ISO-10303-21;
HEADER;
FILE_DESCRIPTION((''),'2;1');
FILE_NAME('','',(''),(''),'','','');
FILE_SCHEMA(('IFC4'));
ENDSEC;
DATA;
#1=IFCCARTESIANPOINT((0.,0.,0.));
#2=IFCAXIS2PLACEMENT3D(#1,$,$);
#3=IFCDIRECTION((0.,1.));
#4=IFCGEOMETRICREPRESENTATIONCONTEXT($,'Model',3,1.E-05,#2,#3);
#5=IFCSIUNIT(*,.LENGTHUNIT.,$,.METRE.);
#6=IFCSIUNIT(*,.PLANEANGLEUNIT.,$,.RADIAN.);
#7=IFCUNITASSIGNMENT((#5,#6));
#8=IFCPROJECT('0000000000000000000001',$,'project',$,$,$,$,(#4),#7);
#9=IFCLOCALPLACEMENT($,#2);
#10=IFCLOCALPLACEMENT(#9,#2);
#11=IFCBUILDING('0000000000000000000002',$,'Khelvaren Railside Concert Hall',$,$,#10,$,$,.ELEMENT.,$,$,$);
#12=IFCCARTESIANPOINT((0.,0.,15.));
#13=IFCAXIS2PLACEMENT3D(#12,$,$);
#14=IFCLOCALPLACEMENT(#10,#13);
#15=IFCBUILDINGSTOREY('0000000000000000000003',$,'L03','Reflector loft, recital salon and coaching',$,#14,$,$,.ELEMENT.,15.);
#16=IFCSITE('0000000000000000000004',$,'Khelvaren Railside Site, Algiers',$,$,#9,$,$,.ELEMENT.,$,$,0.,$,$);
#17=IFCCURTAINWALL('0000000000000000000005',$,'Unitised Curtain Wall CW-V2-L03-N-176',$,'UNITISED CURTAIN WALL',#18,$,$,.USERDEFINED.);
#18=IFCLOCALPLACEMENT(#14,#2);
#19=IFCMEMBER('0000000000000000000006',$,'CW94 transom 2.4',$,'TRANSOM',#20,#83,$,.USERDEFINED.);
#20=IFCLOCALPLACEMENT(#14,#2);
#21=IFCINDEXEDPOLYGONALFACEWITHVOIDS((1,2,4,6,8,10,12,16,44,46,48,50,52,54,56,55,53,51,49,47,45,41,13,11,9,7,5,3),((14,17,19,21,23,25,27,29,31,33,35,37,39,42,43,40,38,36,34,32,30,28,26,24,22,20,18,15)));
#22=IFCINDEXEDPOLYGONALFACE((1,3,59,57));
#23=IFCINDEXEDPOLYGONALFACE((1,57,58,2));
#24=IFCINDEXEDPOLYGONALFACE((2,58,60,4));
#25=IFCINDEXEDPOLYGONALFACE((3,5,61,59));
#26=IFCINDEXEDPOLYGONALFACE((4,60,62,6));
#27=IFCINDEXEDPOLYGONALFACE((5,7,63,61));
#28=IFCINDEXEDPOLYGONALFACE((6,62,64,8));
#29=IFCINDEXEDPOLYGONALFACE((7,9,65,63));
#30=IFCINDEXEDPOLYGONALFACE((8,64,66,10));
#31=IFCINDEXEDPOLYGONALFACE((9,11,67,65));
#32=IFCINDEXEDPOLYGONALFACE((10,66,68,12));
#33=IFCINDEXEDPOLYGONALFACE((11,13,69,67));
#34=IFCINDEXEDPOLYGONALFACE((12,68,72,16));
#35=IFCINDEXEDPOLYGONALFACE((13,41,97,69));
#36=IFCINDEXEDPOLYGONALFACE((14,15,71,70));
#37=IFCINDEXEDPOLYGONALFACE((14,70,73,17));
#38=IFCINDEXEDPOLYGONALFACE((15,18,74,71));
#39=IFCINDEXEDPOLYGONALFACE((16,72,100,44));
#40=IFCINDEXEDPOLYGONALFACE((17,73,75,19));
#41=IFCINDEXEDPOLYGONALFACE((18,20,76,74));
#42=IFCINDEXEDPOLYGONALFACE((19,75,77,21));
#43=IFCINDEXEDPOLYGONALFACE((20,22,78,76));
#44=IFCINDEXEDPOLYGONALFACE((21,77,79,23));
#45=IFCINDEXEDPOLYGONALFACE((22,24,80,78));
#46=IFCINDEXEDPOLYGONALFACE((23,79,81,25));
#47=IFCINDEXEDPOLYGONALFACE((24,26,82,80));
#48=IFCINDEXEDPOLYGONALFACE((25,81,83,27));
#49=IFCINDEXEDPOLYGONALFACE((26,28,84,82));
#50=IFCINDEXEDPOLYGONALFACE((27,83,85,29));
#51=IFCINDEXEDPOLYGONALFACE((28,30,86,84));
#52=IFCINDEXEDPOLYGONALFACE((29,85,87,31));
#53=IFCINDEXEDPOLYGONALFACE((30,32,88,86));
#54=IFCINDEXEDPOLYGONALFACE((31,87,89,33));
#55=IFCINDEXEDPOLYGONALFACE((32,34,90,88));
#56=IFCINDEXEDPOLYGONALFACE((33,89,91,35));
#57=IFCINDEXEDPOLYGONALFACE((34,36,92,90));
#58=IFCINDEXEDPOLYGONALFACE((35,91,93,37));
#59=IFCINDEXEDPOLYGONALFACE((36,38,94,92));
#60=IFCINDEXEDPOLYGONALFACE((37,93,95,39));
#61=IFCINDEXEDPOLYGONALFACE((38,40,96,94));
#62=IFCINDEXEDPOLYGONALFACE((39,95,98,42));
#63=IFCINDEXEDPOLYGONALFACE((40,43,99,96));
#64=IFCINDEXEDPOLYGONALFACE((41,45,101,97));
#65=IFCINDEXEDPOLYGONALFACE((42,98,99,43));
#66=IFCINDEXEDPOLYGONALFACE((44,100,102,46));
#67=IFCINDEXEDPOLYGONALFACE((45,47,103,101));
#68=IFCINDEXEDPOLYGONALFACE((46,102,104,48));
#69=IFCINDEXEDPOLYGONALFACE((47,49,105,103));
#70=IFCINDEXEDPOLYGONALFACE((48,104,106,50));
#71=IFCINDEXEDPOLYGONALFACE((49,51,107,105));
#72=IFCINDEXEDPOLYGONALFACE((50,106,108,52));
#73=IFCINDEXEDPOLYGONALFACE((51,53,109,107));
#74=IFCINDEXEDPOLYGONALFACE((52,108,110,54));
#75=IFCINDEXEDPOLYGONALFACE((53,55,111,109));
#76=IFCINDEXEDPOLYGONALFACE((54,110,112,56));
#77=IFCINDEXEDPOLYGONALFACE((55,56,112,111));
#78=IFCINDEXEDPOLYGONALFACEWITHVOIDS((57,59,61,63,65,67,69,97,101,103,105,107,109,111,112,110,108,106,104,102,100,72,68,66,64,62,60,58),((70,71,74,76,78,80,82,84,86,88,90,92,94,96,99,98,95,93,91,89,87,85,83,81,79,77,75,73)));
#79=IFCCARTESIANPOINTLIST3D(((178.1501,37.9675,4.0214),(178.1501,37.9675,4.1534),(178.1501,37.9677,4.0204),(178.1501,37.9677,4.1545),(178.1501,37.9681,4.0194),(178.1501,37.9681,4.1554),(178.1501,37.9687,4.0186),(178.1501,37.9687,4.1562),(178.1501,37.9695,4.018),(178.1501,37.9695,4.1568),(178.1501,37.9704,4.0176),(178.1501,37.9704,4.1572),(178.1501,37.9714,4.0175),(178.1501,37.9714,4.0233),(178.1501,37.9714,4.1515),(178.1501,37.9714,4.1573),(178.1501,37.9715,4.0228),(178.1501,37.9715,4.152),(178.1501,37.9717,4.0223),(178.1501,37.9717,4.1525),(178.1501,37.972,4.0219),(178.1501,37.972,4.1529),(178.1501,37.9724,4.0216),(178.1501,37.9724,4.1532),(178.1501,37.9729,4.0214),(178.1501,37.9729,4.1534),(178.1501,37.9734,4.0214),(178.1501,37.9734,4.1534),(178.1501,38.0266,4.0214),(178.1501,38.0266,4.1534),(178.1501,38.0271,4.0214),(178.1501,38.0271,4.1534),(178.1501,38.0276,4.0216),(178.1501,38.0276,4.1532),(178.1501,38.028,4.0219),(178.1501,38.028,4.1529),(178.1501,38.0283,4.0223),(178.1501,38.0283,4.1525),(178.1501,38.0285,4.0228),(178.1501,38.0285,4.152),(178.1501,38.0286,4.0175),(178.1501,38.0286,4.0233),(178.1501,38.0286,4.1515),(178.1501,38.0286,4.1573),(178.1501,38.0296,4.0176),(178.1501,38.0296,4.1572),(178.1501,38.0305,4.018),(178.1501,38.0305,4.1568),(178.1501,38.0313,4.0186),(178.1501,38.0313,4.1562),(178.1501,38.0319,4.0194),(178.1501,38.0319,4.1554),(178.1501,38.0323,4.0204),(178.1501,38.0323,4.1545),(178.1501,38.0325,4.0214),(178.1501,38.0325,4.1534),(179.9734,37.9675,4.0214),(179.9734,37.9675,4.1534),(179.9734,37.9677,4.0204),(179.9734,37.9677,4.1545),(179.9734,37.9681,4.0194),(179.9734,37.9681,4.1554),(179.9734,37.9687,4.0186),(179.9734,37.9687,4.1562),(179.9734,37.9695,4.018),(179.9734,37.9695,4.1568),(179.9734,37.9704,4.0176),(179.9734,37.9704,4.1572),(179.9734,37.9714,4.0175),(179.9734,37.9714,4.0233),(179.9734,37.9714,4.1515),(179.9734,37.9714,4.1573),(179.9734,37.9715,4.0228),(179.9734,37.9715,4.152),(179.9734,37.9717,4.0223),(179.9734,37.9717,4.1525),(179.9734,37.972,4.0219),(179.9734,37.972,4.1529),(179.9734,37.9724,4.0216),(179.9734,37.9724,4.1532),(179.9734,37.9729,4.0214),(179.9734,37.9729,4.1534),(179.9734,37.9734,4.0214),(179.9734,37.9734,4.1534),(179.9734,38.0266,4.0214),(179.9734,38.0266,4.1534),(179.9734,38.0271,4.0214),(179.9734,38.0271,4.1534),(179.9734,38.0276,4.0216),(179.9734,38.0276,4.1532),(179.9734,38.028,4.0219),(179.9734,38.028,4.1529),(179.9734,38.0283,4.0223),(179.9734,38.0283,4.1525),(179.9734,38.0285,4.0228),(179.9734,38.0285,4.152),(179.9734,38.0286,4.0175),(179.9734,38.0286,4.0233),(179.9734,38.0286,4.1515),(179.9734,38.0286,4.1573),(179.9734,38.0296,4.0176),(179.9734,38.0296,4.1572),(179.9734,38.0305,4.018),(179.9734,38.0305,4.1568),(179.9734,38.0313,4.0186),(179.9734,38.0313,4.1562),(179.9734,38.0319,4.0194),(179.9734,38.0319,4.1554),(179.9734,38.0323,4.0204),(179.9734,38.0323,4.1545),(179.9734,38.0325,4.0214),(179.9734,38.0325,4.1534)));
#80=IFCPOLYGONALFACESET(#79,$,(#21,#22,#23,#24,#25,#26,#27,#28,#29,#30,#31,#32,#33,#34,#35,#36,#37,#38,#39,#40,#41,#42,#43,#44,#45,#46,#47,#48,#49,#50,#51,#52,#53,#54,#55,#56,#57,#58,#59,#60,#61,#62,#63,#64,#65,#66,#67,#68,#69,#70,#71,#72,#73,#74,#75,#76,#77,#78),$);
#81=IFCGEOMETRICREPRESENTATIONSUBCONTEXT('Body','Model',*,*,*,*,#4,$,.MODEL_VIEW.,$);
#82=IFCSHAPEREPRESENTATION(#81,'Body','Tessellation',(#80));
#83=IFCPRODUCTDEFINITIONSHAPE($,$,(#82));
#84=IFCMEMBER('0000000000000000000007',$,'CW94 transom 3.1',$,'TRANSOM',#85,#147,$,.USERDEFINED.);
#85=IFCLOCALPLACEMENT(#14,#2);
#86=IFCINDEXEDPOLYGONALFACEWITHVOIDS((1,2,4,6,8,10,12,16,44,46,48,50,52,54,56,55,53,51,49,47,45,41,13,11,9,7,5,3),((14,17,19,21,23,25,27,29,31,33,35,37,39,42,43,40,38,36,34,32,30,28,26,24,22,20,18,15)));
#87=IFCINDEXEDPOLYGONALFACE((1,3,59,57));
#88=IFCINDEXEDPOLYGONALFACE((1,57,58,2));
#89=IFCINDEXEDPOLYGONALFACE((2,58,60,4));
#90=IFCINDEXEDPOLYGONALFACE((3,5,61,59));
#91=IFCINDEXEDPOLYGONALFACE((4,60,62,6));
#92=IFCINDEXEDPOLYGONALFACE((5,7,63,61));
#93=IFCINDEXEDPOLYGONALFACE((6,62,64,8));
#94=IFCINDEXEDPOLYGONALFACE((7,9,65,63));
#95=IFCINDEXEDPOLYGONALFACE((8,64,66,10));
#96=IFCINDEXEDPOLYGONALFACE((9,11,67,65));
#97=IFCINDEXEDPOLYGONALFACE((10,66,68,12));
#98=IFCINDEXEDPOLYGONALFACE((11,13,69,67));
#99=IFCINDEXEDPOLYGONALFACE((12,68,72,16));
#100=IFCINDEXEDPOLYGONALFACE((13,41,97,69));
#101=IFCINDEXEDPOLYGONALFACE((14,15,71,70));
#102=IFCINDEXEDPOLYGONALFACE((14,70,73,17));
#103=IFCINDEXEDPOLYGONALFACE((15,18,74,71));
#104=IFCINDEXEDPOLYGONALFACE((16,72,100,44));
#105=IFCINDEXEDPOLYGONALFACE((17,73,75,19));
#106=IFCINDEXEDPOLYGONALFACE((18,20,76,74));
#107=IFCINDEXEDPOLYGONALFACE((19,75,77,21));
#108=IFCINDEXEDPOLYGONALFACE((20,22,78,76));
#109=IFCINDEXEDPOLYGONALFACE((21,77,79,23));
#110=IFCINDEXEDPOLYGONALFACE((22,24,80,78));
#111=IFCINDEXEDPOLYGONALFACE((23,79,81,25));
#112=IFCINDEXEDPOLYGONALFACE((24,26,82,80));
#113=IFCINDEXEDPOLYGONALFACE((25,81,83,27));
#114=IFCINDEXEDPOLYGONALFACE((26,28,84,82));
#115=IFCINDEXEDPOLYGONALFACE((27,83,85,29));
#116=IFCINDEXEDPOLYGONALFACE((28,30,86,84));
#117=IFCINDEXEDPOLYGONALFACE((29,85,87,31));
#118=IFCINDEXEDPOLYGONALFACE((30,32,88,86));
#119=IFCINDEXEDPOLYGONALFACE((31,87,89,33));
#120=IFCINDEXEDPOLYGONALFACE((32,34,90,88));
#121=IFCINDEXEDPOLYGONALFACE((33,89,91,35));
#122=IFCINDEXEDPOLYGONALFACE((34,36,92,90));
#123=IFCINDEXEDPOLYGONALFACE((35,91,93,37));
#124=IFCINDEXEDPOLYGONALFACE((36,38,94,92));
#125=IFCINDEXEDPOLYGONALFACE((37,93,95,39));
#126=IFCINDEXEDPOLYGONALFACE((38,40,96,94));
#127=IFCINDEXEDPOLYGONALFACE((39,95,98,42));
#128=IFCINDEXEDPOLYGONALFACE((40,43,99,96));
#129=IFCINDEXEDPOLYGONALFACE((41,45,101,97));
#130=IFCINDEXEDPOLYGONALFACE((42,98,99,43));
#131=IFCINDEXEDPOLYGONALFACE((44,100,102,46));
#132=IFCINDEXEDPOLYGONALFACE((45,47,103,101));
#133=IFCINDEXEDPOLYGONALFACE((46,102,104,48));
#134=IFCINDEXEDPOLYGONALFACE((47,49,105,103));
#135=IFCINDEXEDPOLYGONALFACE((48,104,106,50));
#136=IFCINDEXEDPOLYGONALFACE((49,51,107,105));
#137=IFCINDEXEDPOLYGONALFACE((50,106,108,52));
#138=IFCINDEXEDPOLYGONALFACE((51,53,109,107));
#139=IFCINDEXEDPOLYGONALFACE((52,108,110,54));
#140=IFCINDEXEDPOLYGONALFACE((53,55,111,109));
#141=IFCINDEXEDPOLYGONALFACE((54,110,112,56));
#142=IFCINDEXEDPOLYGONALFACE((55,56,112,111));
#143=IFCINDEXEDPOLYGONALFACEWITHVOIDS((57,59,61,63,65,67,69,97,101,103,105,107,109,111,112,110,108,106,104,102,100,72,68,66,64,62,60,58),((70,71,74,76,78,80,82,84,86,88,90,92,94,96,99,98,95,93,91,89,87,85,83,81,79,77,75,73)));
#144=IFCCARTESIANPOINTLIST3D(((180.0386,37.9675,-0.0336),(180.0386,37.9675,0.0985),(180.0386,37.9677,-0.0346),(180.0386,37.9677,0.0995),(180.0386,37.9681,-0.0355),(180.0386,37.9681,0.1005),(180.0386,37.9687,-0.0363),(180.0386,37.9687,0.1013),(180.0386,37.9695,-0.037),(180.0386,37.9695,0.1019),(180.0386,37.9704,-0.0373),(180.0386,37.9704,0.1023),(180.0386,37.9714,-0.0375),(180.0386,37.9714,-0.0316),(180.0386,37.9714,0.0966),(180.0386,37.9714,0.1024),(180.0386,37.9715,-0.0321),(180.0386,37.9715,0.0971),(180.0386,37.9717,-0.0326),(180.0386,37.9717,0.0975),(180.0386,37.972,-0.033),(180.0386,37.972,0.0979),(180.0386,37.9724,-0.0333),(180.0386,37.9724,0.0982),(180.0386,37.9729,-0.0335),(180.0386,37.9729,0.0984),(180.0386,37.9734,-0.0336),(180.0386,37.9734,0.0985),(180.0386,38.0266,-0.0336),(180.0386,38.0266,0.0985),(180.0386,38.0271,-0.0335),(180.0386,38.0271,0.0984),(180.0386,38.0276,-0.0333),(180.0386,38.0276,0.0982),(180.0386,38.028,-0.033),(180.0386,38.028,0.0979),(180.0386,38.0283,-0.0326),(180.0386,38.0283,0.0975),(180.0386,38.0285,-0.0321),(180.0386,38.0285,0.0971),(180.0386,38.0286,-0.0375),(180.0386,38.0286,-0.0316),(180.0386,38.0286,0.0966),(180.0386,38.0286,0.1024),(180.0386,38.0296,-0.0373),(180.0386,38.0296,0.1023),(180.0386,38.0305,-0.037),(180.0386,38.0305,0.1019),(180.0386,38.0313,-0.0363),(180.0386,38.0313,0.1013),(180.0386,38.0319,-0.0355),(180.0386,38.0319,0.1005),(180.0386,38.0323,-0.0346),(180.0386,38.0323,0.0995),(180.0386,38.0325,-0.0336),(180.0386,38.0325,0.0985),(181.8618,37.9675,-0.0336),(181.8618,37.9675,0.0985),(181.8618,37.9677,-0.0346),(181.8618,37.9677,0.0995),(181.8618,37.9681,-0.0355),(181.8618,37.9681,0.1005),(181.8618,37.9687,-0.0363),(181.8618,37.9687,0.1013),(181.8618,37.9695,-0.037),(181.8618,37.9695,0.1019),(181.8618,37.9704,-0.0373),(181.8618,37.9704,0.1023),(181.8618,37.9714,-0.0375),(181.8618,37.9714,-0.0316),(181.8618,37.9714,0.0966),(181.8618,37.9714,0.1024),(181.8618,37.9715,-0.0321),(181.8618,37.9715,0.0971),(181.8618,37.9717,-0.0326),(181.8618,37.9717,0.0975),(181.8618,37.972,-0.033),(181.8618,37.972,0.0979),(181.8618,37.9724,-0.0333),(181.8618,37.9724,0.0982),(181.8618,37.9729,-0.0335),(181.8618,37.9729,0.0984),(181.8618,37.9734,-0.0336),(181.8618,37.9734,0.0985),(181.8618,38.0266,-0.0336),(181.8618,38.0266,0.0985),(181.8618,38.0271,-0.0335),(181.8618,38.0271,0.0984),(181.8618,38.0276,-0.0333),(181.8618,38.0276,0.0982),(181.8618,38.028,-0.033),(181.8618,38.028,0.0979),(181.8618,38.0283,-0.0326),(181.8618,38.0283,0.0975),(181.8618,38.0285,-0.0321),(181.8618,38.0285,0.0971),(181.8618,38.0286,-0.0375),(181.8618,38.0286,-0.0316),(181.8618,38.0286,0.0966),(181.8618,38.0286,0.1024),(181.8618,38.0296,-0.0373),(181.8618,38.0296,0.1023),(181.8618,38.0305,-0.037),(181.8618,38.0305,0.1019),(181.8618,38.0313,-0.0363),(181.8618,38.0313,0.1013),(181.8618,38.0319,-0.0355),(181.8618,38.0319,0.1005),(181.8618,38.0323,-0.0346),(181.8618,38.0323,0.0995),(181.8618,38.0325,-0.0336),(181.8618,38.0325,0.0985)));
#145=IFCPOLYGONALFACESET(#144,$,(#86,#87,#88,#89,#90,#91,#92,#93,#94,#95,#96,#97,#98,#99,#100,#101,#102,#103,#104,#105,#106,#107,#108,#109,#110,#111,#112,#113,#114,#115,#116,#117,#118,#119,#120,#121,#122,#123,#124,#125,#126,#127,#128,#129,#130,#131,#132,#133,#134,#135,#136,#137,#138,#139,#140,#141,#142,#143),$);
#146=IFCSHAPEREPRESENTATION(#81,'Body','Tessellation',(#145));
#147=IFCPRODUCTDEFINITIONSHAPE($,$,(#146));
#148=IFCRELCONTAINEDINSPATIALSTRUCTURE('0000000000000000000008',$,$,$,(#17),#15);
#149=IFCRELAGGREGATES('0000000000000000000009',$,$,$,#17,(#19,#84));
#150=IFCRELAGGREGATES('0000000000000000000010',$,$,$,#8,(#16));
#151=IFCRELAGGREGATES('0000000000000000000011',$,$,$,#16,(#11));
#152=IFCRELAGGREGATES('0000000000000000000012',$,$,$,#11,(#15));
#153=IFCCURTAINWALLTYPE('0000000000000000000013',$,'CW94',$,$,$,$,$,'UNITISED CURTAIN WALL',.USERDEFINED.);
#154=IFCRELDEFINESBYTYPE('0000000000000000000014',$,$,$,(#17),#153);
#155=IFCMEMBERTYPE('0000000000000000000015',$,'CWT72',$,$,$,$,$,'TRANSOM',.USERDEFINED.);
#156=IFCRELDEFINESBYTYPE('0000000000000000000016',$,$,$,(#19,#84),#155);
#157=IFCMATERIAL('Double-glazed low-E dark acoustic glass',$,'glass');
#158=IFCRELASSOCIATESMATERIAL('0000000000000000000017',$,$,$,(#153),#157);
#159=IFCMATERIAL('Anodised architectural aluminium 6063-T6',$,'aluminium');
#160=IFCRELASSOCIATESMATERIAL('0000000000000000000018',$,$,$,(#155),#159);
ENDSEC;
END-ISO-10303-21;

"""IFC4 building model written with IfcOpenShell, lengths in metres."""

from ifc_helpers import new_model, si_unit, direction, frame, origin, origin_2d, place, context, subcontext, project, spatial, hollow_rectangle, extrude, material, material_profile, profile_set, type_object, element, aggregate, save


model = new_model("IFC4")

# Units and contexts
model_context = context("Model", 3, precision=1e-05, world=origin(), true_north=direction((0.0, 1.0)))
body_context = subcontext(model_context, "Body", "Model", "MODEL_VIEW")
ifc_project = project(units=[si_unit("LENGTHUNIT", "METRE"), si_unit("PLANEANGLEUNIT", "RADIAN")], contexts=[model_context])

# Site, building, storey
site_placement = place(None, origin())
site = spatial("IfcSite", under=ifc_project, at=site_placement, Name="Khelvaren Railside Site, Algiers", CompositionType="ELEMENT", RefElevation=0.0)
building_placement = place(site_placement, origin())
building = spatial("IfcBuilding", under=site, at=building_placement, Name="Khelvaren Railside Concert Hall", CompositionType="ELEMENT")
storey_placement = place(building_placement, frame((0.0, 0.0, 15.0)))
storey = spatial("IfcBuildingStorey", under=building, at=storey_placement, Name="L03", Description="Reflector loft, recital salon and coaching", CompositionType="ELEMENT", Elevation=15.0)

# Shared definitions
ifc_material_1 = material(Name="Double-glazed low-E dark acoustic glass", Category="glass")
ifc_material_2 = material(Name="Anodised architectural aluminium 6063-T6", Category="aluminium")

# Curtain wall, members
curtain_wall_type_1 = type_object("IfcCurtainWallType", Name="CW94", ElementType="UNITISED CURTAIN WALL", PredefinedType="USERDEFINED", material=ifc_material_1)
curtain_wall_1_placement = place(storey_placement, origin())
curtain_wall_1 = element("IfcCurtainWall", 1, at=curtain_wall_1_placement, inside=storey, type_object=curtain_wall_type_1, Name="Unitised Curtain Wall CW-V2-L03-N-176", ObjectType="UNITISED CURTAIN WALL", PredefinedType="USERDEFINED")
ifc_material_profile_1 = material_profile(ifc_material_2, hollow_rectangle(XDim=0.0649, YDim=0.1399, WallThickness=0.0039, InnerFilletRadius=0.002, OuterFilletRadius=0.0039, at=origin_2d()), Name="CWT 65x140x4")
ifc_profile_set_1 = profile_set([ifc_material_profile_1], Name="Anodised architectural aluminium 6063-T6")
member_type_1 = type_object("IfcMemberType", Name="CWT72", ElementType="TRANSOM", PredefinedType="USERDEFINED", material=ifc_profile_set_1)
member_1_placement = place(storey_placement, frame((178.1501, 38.0, 4.0874), z_axis=(1.0, 0.0, 0.0), x_axis=(0.0, 1.0, 0.0)))
member_1 = element("IfcMember", 2, at=member_1_placement, type_object=member_type_1, Name="CW94 transom 2.4", ObjectType="TRANSOM", PredefinedType="USERDEFINED", context=body_context, shape_type="SweptSolid", body=[
    extrude(hollow_rectangle(XDim=0.0649, YDim=0.1399, WallThickness=0.0039, InnerFilletRadius=0.002, OuterFilletRadius=0.0039, at=origin_2d()), origin(), (0.0, 0.0, 1.0), 1.8232),
])
member_2_placement = place(storey_placement, frame((180.0386, 38.0, 0.0325), z_axis=(1.0, 0.0, 0.0), x_axis=(0.0, 1.0, 0.0)))
member_2 = element("IfcMember", 3, at=member_2_placement, type_object=member_type_1, Name="CW94 transom 3.1", ObjectType="TRANSOM", PredefinedType="USERDEFINED", context=body_context, shape_type="SweptSolid", body=[
    extrude(hollow_rectangle(XDim=0.0649, YDim=0.1399, WallThickness=0.0039, InnerFilletRadius=0.002, OuterFilletRadius=0.0039, at=origin_2d()), origin(), (0.0, 0.0, 1.0), 1.8232),
])

aggregate(curtain_wall_1, [member_1, member_2])

save(model, "model.ifc")
